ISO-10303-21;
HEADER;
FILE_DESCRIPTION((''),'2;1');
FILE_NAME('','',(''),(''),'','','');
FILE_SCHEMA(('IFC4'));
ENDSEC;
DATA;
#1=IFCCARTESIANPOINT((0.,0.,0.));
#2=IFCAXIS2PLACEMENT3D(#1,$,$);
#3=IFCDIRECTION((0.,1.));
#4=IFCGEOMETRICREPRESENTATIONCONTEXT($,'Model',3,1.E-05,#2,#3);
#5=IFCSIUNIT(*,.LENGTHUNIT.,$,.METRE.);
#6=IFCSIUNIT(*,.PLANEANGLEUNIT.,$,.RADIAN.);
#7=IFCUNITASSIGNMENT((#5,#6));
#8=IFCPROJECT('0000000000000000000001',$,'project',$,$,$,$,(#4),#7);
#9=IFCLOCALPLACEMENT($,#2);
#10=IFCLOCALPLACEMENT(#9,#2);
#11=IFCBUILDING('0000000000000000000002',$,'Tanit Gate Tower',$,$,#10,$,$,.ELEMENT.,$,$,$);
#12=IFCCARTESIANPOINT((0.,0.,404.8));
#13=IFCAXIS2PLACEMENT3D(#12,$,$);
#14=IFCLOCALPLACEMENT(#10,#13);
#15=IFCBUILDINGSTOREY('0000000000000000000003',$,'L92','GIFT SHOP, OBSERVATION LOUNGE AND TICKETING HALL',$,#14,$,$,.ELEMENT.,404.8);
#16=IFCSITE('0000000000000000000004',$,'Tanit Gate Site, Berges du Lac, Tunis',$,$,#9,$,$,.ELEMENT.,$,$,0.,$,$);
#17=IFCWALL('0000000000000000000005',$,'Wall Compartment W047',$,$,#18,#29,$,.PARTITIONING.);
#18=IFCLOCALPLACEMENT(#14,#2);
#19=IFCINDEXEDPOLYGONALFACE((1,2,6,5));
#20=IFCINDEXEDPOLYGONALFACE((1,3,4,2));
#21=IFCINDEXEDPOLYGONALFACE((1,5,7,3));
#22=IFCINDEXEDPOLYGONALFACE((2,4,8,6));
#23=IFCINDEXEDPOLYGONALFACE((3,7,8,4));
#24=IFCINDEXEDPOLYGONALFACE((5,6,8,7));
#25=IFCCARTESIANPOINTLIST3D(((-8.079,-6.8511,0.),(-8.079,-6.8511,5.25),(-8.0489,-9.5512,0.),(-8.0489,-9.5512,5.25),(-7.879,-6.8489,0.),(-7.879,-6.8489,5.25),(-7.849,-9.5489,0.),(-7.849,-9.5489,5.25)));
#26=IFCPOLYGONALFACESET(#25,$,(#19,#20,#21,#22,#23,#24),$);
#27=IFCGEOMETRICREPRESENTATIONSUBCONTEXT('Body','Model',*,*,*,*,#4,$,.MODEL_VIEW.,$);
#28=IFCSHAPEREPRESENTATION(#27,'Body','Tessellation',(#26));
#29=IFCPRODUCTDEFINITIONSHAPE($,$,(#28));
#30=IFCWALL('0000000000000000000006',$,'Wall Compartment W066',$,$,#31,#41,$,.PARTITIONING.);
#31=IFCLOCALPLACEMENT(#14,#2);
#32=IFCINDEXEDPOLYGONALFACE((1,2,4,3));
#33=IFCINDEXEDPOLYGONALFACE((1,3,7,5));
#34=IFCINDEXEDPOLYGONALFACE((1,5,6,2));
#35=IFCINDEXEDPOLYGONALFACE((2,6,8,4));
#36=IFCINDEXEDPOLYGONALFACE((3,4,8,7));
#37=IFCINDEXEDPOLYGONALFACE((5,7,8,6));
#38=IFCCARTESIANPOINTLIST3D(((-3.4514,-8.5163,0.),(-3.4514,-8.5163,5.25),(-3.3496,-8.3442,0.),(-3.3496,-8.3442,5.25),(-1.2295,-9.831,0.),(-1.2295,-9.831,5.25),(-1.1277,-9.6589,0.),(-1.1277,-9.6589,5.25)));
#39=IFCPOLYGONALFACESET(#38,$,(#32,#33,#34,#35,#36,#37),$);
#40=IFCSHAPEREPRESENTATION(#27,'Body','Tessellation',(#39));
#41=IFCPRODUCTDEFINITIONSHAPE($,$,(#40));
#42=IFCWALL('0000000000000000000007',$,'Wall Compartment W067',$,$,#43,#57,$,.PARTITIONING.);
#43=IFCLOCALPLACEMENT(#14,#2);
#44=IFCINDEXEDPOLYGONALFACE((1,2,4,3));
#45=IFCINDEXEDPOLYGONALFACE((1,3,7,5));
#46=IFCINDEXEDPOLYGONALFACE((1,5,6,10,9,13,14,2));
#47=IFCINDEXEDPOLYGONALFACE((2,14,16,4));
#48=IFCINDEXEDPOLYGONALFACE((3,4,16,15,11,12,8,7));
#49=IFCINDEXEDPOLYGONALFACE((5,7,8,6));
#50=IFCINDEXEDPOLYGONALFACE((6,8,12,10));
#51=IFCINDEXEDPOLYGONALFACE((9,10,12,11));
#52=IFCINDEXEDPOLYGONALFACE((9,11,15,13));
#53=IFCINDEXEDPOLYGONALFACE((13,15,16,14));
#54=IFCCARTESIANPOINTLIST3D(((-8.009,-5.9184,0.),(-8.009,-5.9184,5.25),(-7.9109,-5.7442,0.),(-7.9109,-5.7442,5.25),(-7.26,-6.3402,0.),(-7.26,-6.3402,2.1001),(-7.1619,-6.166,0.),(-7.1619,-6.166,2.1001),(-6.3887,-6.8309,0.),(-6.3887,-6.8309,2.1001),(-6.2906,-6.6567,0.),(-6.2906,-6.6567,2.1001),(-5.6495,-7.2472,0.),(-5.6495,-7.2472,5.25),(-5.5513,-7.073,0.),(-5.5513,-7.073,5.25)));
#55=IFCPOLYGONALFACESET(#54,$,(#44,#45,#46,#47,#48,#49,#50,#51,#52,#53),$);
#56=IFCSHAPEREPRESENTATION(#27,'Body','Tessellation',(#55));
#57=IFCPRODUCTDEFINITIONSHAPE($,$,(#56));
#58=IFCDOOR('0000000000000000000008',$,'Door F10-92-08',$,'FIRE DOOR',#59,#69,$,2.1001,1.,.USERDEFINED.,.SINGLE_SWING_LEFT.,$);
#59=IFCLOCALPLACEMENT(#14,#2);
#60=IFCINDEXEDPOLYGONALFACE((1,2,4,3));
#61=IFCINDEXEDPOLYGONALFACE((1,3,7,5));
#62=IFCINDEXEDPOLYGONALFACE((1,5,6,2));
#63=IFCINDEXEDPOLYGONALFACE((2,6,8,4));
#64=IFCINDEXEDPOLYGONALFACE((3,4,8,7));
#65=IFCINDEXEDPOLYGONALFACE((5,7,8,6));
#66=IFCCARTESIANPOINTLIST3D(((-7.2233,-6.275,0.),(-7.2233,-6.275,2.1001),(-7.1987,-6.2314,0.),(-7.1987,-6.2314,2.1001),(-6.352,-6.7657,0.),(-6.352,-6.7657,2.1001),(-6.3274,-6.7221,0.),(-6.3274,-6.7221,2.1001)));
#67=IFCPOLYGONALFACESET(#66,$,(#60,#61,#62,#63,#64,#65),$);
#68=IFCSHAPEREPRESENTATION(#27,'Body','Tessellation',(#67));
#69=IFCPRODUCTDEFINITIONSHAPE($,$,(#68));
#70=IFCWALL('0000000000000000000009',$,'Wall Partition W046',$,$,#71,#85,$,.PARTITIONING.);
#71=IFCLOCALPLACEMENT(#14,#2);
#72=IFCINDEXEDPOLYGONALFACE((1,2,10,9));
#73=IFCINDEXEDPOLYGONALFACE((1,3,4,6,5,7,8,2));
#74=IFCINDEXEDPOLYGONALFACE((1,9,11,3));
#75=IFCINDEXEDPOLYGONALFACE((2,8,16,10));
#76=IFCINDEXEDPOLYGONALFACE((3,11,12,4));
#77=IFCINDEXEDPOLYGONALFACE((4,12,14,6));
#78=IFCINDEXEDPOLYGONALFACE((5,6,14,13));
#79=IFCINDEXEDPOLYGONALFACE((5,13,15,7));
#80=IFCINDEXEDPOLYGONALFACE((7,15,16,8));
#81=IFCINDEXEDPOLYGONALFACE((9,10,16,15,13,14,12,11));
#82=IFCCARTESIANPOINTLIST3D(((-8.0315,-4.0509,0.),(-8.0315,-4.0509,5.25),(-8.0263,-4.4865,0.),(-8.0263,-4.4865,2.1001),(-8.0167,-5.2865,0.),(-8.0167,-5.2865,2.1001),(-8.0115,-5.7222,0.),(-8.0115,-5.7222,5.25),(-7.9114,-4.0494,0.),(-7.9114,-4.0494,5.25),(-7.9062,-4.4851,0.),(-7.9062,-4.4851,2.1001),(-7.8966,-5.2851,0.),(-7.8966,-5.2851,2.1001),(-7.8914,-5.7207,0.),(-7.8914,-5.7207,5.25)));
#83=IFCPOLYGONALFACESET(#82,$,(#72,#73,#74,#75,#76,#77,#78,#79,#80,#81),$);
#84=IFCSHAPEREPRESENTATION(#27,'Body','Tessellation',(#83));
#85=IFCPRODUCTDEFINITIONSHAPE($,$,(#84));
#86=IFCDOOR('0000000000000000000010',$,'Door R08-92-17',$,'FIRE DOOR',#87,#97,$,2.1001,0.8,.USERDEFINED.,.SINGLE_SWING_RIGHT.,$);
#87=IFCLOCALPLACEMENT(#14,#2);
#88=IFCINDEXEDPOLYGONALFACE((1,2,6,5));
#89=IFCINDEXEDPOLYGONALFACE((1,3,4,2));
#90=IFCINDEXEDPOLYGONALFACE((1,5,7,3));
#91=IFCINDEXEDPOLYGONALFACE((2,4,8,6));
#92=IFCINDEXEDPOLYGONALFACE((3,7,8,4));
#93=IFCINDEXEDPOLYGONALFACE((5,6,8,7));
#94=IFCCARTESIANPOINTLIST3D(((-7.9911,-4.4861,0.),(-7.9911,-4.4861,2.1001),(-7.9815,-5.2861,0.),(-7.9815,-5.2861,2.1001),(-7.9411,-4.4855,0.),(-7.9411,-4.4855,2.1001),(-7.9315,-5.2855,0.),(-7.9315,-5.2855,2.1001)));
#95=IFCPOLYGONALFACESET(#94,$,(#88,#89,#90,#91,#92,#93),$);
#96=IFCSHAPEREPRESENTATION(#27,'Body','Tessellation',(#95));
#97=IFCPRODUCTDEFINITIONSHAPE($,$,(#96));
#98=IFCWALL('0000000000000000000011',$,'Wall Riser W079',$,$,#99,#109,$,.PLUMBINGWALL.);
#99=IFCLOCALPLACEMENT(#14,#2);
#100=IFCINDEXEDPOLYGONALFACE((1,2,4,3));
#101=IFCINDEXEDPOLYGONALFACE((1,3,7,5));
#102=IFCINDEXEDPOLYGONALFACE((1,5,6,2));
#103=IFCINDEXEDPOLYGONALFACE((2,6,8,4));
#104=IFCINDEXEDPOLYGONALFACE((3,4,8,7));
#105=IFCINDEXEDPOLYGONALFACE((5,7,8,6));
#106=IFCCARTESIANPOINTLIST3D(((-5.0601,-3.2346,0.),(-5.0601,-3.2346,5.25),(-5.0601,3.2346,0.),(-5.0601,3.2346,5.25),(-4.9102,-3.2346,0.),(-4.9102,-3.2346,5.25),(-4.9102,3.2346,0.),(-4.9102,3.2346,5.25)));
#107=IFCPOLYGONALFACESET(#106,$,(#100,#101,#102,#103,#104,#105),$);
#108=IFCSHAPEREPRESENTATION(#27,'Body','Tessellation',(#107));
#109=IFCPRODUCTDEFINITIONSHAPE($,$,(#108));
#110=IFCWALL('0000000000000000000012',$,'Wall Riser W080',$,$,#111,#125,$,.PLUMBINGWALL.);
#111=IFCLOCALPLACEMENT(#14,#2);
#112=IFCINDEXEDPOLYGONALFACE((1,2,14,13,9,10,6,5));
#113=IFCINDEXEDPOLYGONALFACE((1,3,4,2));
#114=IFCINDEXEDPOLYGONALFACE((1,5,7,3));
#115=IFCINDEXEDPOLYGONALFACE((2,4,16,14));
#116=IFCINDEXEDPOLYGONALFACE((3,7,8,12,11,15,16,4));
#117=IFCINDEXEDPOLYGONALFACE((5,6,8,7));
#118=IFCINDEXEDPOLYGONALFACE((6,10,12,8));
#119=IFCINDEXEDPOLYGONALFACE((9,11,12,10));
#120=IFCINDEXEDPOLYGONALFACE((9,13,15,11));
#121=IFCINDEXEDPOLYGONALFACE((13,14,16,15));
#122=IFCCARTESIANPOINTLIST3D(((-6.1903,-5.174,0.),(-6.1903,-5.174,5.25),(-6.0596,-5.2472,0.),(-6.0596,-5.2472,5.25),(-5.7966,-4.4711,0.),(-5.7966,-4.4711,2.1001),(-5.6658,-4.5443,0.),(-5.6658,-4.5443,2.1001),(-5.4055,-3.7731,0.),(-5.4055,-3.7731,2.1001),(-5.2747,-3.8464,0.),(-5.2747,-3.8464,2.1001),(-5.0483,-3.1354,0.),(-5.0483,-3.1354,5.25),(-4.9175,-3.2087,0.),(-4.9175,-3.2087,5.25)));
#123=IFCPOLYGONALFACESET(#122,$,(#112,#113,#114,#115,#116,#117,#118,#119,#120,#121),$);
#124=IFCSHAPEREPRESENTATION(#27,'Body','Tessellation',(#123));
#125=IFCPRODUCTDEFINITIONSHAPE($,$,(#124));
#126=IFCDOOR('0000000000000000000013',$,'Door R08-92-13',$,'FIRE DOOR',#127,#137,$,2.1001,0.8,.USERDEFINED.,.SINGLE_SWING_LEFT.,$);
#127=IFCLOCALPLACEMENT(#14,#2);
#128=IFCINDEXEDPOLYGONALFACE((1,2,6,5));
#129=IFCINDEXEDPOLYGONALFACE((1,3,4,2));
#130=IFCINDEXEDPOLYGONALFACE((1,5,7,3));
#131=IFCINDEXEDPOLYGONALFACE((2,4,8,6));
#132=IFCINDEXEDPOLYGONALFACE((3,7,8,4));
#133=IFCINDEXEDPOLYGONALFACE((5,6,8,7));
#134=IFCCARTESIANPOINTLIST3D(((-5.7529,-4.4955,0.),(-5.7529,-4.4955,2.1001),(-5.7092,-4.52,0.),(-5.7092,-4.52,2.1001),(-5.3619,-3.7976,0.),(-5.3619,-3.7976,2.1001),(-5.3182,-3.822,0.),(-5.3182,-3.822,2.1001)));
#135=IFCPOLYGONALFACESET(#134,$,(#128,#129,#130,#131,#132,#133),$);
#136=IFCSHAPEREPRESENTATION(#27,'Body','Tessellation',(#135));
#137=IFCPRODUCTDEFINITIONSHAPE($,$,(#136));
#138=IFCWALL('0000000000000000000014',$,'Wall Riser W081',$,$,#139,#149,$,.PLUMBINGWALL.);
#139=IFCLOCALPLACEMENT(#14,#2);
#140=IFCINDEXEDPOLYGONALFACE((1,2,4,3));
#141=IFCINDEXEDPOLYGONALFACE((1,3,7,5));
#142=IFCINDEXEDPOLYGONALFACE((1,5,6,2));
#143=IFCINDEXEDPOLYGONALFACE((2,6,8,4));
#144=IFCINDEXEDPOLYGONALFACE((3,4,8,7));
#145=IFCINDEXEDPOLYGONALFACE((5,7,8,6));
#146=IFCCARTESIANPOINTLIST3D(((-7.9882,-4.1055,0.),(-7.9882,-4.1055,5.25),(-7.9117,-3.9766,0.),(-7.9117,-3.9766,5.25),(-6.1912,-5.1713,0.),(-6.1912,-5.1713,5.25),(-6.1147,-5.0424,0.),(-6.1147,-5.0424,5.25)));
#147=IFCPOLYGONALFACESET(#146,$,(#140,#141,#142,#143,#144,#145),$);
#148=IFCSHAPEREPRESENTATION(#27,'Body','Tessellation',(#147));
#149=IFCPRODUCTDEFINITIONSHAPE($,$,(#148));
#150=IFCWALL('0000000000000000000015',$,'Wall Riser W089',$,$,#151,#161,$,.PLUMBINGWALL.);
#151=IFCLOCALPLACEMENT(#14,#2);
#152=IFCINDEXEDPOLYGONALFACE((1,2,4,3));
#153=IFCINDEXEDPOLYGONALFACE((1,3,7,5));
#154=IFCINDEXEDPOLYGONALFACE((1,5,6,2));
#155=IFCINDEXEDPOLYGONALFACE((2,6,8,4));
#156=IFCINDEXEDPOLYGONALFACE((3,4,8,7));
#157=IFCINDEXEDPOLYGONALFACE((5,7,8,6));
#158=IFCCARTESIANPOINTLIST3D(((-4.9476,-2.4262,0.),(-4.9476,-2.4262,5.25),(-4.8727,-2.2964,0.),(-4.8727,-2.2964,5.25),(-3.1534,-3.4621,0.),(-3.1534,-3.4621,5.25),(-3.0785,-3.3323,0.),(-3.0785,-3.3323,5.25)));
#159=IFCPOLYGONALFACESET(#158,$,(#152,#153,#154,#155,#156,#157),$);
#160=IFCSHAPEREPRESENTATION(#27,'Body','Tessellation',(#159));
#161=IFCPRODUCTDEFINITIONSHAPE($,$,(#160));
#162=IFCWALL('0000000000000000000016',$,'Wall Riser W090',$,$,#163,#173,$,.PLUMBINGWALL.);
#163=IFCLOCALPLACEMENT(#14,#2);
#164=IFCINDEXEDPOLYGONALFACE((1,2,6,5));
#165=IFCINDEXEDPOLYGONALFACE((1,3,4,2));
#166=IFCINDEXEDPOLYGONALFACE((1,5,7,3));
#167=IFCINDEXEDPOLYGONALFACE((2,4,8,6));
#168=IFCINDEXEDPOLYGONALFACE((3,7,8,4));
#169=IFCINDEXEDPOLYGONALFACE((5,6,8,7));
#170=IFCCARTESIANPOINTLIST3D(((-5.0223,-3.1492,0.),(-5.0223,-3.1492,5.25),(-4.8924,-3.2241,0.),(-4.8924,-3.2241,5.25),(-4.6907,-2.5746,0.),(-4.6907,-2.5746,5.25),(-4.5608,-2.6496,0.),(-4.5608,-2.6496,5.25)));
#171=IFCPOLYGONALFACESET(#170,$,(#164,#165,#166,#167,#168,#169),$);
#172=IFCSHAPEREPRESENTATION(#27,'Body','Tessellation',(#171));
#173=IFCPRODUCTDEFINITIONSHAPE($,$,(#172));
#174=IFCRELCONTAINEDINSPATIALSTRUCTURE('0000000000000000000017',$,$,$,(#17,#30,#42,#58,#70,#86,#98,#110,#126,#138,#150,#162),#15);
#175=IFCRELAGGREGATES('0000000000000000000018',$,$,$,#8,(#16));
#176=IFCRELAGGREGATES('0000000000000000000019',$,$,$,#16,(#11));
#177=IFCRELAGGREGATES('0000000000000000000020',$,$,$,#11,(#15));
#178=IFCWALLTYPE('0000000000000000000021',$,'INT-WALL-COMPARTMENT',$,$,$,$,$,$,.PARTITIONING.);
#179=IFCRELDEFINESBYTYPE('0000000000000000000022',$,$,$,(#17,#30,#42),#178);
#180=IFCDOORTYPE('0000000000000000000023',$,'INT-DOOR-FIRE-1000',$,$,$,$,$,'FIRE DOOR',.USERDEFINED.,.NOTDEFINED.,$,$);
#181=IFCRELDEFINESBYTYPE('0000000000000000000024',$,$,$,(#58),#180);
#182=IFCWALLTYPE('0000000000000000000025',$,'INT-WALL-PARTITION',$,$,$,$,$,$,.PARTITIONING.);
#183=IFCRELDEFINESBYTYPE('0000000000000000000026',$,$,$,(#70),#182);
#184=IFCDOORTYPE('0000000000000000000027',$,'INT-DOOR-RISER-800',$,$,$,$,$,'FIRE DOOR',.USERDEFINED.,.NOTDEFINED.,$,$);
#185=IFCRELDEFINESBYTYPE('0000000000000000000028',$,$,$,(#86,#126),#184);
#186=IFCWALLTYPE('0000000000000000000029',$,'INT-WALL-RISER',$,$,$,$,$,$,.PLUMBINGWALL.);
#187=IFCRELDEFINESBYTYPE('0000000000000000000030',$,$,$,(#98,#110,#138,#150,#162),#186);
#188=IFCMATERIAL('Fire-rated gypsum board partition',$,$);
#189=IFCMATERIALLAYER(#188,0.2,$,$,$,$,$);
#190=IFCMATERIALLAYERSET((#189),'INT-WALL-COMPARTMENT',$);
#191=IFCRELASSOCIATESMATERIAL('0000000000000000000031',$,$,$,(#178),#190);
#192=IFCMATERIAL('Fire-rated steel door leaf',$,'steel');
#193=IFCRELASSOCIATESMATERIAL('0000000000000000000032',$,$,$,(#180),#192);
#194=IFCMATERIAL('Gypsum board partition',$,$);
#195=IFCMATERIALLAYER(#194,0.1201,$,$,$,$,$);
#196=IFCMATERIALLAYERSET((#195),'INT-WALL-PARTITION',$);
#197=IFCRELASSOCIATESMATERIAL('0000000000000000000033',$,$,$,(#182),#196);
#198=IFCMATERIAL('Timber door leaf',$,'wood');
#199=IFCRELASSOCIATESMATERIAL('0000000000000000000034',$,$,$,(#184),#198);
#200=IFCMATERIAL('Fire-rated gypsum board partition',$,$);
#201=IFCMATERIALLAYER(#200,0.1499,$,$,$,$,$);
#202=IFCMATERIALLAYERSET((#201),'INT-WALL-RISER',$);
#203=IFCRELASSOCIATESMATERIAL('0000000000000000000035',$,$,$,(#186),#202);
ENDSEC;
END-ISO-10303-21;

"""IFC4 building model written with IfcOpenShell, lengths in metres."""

from ifc_helpers import new_model, si_unit, direction, frame, frame_2d, origin, place, context, subcontext, project, spatial, rectangle, extrude, material, layer, layer_set, type_object, element, fill, save


model = new_model("IFC4")

# Units and contexts
model_context = context("Model", 3, precision=1e-05, world=origin(), true_north=direction((0.0, 1.0)))
body_context = subcontext(model_context, "Body", "Model", "MODEL_VIEW")
ifc_project = project(units=[si_unit("LENGTHUNIT", "METRE"), si_unit("PLANEANGLEUNIT", "RADIAN")], contexts=[model_context])

# Site, building, storey
site_placement = place(None, origin())
site = spatial("IfcSite", under=ifc_project, at=site_placement, Name="Tanit Gate Site, Berges du Lac, Tunis", CompositionType="ELEMENT", RefElevation=0.0)
building_placement = place(site_placement, origin())
building = spatial("IfcBuilding", under=site, at=building_placement, Name="Tanit Gate Tower", CompositionType="ELEMENT")
storey_placement = place(building_placement, frame((0.0, 0.0, 404.8)))
storey = spatial("IfcBuildingStorey", under=building, at=storey_placement, Name="L92", Description="GIFT SHOP, OBSERVATION LOUNGE AND TICKETING HALL", CompositionType="ELEMENT", Elevation=404.8)

# Walls
ifc_material_1 = material(Name="Fire-rated gypsum board partition")
ifc_layer_1 = layer(ifc_material_1, 0.2)
ifc_layer_set_1 = layer_set([ifc_layer_1], Name="INT-WALL-COMPARTMENT")
wall_type_1 = type_object("IfcWallType", Name="INT-WALL-COMPARTMENT", PredefinedType="PARTITIONING", material=ifc_layer_set_1)
wall_1_placement = place(storey_placement, frame((-7.949, -9.55, 0.0), z_axis=(0.0, 0.0, 1.0), x_axis=(-0.011121, 0.999938, 0.0)))
element("IfcWall", 1, at=wall_1_placement, inside=storey, type_object=wall_type_1, Name="Wall Compartment W047", PredefinedType="PARTITIONING", context=body_context, shape_type="SweptSolid", body=[
    extrude(rectangle(XDim=2.7002, YDim=0.2, at=frame_2d((1.3501, 0.0))), origin(), (0.0, 0.0, 1.0), 5.25),
])
wall_2_placement = place(storey_placement, frame((-3.4006, -8.4302, 0.0), z_axis=(0.0, 0.0, 1.0), x_axis=(0.860631, -0.509229, 0.0)))
element("IfcWall", 2, at=wall_2_placement, inside=storey, type_object=wall_type_1, Name="Wall Compartment W066", PredefinedType="PARTITIONING", context=body_context, shape_type="SweptSolid", body=[
    extrude(rectangle(XDim=2.5818, YDim=0.2, at=frame_2d((1.291, 0.0))), origin(), (0.0, 0.0, 1.0), 5.25),
])

# Walls, openings, doors
wall_3_placement = place(storey_placement, frame((-7.96, -5.8313, 0.0), z_axis=(0.0, 0.0, 1.0), x_axis=(0.871327, -0.490702, 0.0)))
wall_3 = element("IfcWall", 3, at=wall_3_placement, inside=storey, type_object=wall_type_1, Name="Wall Compartment W067", PredefinedType="PARTITIONING", context=body_context, shape_type="SweptSolid", body=[
    extrude(rectangle(XDim=2.708, YDim=0.2, at=frame_2d((1.354, 0.0))), origin(), (0.0, 0.0, 1.0), 5.25),
])
opening_1_placement = place(wall_3_placement, frame((0.8596, 0.0, 0.0)))
opening_1 = element("IfcOpeningElement", 4, at=opening_1_placement, cuts=wall_3, PredefinedType="OPENING", context=body_context, shape_type="SweptSolid", body=[
    extrude(rectangle(XDim=1.0, YDim=2.1001, at=frame_2d((0.5, 1.05))), frame((0.0, 0.1099, 0.0), z_axis=(0.0, -1.0, 0.0), x_axis=(1.0, 0.0, 0.0)), (0.0, 0.0, 1.0), 0.22),
])
ifc_material_2 = material(Name="Fire-rated steel door leaf", Category="steel")
door_type_1 = type_object("IfcDoorType", Name="INT-DOOR-FIRE-1000", ElementType="FIRE DOOR", OperationType="NOTDEFINED", PredefinedType="USERDEFINED", material=ifc_material_2)
door_1_placement = place(opening_1_placement, origin())
door_1 = element("IfcDoor", 5, at=door_1_placement, inside=storey, type_object=door_type_1, Name="Door F10-92-08", ObjectType="FIRE DOOR", OperationType="SINGLE_SWING_LEFT", OverallHeight=2.1001, OverallWidth=1.0, PredefinedType="USERDEFINED", context=body_context, shape_type="SweptSolid", body=[
    extrude(rectangle(XDim=1.0, YDim=2.1001, at=frame_2d((0.5, 1.05))), frame((0.0, 0.0249, 0.0), z_axis=(0.0, -1.0, 0.0), x_axis=(1.0, 0.0, 0.0)), (0.0, 0.0, 1.0), 0.05),
])
fill(opening_1, door_1)
ifc_material_3 = material(Name="Gypsum board partition")
ifc_layer_2 = layer(ifc_material_3, 0.1201)
ifc_layer_set_2 = layer_set([ifc_layer_2], Name="INT-WALL-PARTITION")
wall_type_2 = type_object("IfcWallType", Name="INT-WALL-PARTITION", PredefinedType="PARTITIONING", material=ifc_layer_set_2)
wall_4_placement = place(storey_placement, frame((-7.9514, -5.7214, 0.0), z_axis=(0.0, 0.0, 1.0), x_axis=(-0.011977, 0.999928, 0.0)))
wall_4 = element("IfcWall", 6, at=wall_4_placement, inside=storey, type_object=wall_type_2, Name="Wall Partition W046", PredefinedType="PARTITIONING", context=body_context, shape_type="SweptSolid", body=[
    extrude(rectangle(XDim=1.6714, YDim=0.1201, at=frame_2d((0.8357, 0.0))), origin(), (0.0, 0.0, 1.0), 5.25),
])
opening_2_placement = place(wall_4_placement, frame((0.4358, 0.0, 0.0)))
opening_2 = element("IfcOpeningElement", 7, at=opening_2_placement, cuts=wall_4, PredefinedType="OPENING", context=body_context, shape_type="SweptSolid", body=[
    extrude(rectangle(XDim=0.8, YDim=2.1001, at=frame_2d((0.3999, 1.05))), frame((0.0, 0.0701, 0.0), z_axis=(0.0, -1.0, 0.0), x_axis=(1.0, 0.0, 0.0)), (0.0, 0.0, 1.0), 0.1401),
])
ifc_material_4 = material(Name="Timber door leaf", Category="wood")
door_type_2 = type_object("IfcDoorType", Name="INT-DOOR-RISER-800", ElementType="FIRE DOOR", OperationType="NOTDEFINED", PredefinedType="USERDEFINED", material=ifc_material_4)
door_2_placement = place(opening_2_placement, origin())
door_2 = element("IfcDoor", 8, at=door_2_placement, inside=storey, type_object=door_type_2, Name="Door R08-92-17", ObjectType="FIRE DOOR", OperationType="SINGLE_SWING_RIGHT", OverallHeight=2.1001, OverallWidth=0.8, PredefinedType="USERDEFINED", context=body_context, shape_type="SweptSolid", body=[
    extrude(rectangle(XDim=0.8, YDim=2.1001, at=frame_2d((0.3999, 1.05))), frame((0.0, 0.0249, 0.0), z_axis=(0.0, -1.0, 0.0), x_axis=(1.0, 0.0, 0.0)), (0.0, 0.0, 1.0), 0.05),
])
fill(opening_2, door_2)

# Wall
ifc_material_5 = material(Name="Fire-rated gypsum board partition")
ifc_layer_3 = layer(ifc_material_5, 0.1499)
ifc_layer_set_3 = layer_set([ifc_layer_3], Name="INT-WALL-RISER")
wall_type_3 = type_object("IfcWallType", Name="INT-WALL-RISER", PredefinedType="PLUMBINGWALL", material=ifc_layer_set_3)
wall_5_placement = place(storey_placement, frame((-4.9851, -3.2346, 0.0), z_axis=(0.0, 0.0, 1.0), x_axis=(0.0, 1.0, 0.0)))
element("IfcWall", 9, at=wall_5_placement, inside=storey, type_object=wall_type_3, Name="Wall Riser W079", PredefinedType="PLUMBINGWALL", context=body_context, shape_type="SweptSolid", body=[
    extrude(rectangle(XDim=6.4692, YDim=0.1499, at=frame_2d((3.2346, 0.0))), origin(), (0.0, 0.0, 1.0), 5.25),
])

# Wall, opening, door
wall_6_placement = place(storey_placement, frame((-6.125, -5.2107, 0.0), z_axis=(0.0, 0.0, 1.0), x_axis=(0.488762, 0.872417, 0.0)))
wall_6 = element("IfcWall", 10, at=wall_6_placement, inside=storey, type_object=wall_type_3, Name="Wall Riser W080", PredefinedType="PLUMBINGWALL", context=body_context, shape_type="SweptSolid", body=[
    extrude(rectangle(XDim=2.3367, YDim=0.1499, at=frame_2d((1.1685, 0.0))), origin(), (0.0, 0.0, 1.0), 5.25),
])
opening_3_placement = place(wall_6_placement, frame((0.8059, 0.0, 0.0)))
opening_3 = element("IfcOpeningElement", 11, at=opening_3_placement, cuts=wall_6, PredefinedType="OPENING", context=body_context, shape_type="SweptSolid", body=[
    extrude(rectangle(XDim=0.8, YDim=2.1001, at=frame_2d((0.3999, 1.05))), frame((0.0, 0.085, 0.0), z_axis=(0.0, -1.0, 0.0), x_axis=(1.0, 0.0, 0.0)), (0.0, 0.0, 1.0), 0.1699),
])
door_3_placement = place(opening_3_placement, origin())
door_3 = element("IfcDoor", 12, at=door_3_placement, inside=storey, type_object=door_type_2, Name="Door R08-92-13", ObjectType="FIRE DOOR", OperationType="SINGLE_SWING_LEFT", OverallHeight=2.1001, OverallWidth=0.8, PredefinedType="USERDEFINED", context=body_context, shape_type="SweptSolid", body=[
    extrude(rectangle(XDim=0.8, YDim=2.1001, at=frame_2d((0.3999, 1.05))), frame((0.0, 0.0249, 0.0), z_axis=(0.0, -1.0, 0.0), x_axis=(1.0, 0.0, 0.0)), (0.0, 0.0, 1.0), 0.05),
])
fill(opening_3, door_3)

# Walls
wall_7_placement = place(storey_placement, frame((-7.95, -4.041, 0.0), z_axis=(0.0, 0.0, 1.0), x_axis=(0.86009, -0.510142, 0.0)))
element("IfcWall", 13, at=wall_7_placement, inside=storey, type_object=wall_type_3, Name="Wall Riser W081", PredefinedType="PLUMBINGWALL", context=body_context, shape_type="SweptSolid", body=[
    extrude(rectangle(XDim=2.0894, YDim=0.1499, at=frame_2d((1.0447, 0.0))), origin(), (0.0, 0.0, 1.0), 5.25),
])
wall_8_placement = place(storey_placement, frame((-4.9102, -2.3613, 0.0), z_axis=(0.0, 0.0, 1.0), x_axis=(0.866023, -0.500005, 0.0)))
element("IfcWall", 14, at=wall_8_placement, inside=storey, type_object=wall_type_3, Name="Wall Riser W089", PredefinedType="PLUMBINGWALL", context=body_context, shape_type="SweptSolid", body=[
    extrude(rectangle(XDim=2.0718, YDim=0.1499, at=frame_2d((1.0359, 0.0))), origin(), (0.0, 0.0, 1.0), 5.25),
])
wall_9_placement = place(storey_placement, frame((-4.9573, -3.1865, 0.0), z_axis=(0.0, 0.0, 1.0), x_axis=(0.499861, 0.866106, 0.0)))
element("IfcWall", 15, at=wall_9_placement, inside=storey, type_object=wall_type_3, Name="Wall Riser W090", PredefinedType="PLUMBINGWALL", context=body_context, shape_type="SweptSolid", body=[
    extrude(rectangle(XDim=0.6633, YDim=0.1499, at=frame_2d((0.3315, 0.0))), origin(), (0.0, 0.0, 1.0), 5.25),
])

save(model, "model.ifc")
